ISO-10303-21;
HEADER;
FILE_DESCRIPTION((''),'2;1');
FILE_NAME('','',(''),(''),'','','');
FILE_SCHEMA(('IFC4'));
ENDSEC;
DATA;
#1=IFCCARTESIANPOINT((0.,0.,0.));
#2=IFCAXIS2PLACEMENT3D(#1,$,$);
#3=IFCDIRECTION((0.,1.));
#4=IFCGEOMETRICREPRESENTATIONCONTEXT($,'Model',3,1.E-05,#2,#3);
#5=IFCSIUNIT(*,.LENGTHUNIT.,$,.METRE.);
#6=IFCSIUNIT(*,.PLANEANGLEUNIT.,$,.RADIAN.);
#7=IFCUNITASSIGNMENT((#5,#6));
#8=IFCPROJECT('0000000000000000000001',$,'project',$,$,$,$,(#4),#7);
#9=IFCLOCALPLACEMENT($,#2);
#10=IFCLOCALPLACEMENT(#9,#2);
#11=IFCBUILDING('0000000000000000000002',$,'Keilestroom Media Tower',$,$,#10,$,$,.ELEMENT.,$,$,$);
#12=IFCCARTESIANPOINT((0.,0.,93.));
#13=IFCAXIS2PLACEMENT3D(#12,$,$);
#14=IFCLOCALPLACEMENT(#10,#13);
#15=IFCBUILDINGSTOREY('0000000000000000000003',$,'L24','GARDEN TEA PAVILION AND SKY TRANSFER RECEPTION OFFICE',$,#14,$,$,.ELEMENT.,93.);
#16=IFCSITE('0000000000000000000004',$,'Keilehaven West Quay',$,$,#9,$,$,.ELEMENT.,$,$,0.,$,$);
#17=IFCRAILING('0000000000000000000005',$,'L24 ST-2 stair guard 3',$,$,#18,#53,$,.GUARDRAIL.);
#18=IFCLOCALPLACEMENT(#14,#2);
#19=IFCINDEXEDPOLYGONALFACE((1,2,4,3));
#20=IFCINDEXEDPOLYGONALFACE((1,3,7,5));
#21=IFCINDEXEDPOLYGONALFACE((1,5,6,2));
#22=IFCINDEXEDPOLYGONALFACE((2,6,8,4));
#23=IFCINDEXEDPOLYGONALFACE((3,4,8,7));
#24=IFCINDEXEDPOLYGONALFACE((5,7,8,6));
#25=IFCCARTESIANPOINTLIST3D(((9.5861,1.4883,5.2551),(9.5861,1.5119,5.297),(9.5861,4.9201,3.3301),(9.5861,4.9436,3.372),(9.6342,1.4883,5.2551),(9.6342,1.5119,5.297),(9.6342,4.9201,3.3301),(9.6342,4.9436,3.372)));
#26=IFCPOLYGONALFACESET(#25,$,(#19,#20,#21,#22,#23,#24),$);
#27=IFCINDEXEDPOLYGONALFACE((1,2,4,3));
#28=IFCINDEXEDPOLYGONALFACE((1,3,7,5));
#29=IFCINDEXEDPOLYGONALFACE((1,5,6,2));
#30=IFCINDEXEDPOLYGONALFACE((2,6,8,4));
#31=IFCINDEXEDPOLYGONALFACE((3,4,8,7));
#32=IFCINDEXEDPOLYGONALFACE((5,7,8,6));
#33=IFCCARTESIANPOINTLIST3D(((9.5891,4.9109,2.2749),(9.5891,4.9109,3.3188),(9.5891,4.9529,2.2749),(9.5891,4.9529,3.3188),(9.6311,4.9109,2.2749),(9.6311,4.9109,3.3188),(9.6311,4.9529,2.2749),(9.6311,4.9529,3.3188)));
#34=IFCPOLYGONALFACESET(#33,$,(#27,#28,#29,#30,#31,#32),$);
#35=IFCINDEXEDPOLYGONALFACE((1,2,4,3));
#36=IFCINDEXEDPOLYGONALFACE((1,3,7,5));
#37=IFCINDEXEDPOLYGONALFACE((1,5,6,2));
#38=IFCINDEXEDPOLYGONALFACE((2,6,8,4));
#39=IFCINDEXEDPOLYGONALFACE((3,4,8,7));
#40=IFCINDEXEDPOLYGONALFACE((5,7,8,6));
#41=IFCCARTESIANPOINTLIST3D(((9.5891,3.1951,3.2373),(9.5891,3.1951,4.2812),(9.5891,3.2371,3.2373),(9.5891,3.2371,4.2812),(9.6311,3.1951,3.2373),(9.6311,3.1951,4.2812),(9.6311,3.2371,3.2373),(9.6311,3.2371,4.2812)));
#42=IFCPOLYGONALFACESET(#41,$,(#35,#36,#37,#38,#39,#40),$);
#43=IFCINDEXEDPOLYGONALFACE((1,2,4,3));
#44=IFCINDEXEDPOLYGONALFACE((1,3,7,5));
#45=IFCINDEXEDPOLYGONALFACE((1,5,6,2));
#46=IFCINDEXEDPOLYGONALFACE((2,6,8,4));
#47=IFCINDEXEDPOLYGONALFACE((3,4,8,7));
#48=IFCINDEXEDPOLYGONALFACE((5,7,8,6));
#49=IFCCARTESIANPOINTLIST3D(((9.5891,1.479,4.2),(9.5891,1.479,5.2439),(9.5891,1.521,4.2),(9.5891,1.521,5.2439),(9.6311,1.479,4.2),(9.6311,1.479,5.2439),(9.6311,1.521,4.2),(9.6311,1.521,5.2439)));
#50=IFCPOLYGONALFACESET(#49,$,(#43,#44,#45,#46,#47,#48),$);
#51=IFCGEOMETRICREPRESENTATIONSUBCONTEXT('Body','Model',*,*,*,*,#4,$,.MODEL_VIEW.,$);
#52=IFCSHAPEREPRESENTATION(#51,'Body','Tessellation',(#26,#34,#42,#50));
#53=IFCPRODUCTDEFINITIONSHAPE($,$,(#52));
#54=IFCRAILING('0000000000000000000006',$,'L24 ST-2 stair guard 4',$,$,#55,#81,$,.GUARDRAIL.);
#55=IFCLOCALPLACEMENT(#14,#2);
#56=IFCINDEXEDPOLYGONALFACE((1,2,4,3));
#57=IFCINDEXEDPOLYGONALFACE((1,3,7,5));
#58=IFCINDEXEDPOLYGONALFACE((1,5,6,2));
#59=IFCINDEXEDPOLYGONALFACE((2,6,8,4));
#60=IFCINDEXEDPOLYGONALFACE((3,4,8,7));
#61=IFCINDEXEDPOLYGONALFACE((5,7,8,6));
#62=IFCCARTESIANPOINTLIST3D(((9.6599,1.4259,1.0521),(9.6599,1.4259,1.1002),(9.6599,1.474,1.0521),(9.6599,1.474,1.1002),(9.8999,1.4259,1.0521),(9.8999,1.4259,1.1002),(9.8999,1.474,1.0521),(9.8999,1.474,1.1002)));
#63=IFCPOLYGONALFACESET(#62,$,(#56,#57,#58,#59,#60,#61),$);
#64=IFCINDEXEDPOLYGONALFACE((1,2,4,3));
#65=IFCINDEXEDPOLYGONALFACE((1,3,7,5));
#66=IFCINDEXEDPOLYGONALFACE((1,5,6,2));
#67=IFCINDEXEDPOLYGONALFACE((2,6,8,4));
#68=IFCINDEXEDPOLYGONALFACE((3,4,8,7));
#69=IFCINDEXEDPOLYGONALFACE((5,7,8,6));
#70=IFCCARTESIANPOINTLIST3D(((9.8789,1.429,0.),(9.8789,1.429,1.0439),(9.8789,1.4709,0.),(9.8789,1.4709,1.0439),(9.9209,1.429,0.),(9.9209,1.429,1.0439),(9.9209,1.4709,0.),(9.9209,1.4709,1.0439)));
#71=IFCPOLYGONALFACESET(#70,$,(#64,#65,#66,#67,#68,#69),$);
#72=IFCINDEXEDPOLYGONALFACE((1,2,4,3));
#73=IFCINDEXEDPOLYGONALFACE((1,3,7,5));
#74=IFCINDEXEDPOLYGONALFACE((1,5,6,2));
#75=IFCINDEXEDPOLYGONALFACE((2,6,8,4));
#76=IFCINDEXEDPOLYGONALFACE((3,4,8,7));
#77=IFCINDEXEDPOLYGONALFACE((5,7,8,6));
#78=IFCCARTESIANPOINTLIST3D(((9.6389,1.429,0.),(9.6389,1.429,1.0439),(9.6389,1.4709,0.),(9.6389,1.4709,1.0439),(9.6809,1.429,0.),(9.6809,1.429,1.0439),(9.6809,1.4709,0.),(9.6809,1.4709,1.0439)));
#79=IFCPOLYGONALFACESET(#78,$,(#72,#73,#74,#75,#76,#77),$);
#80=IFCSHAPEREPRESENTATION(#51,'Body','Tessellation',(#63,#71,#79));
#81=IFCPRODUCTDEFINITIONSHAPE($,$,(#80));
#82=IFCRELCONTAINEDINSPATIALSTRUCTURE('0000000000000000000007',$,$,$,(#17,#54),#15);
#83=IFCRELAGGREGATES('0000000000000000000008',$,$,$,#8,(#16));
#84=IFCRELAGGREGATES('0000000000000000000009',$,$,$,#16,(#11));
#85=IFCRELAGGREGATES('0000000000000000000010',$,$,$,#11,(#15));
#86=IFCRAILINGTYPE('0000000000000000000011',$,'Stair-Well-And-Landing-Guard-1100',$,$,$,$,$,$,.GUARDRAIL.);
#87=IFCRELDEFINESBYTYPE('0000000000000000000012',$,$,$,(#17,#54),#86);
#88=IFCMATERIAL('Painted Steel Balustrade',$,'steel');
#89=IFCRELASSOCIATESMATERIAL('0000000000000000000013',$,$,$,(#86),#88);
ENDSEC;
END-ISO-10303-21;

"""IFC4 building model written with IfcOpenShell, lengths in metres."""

from ifc_helpers import new_model, si_unit, direction, frame, origin, origin_2d, place, context, subcontext, project, spatial, rectangle, extrude, material, type_object, element, save


model = new_model("IFC4")

# Units and contexts
model_context = context("Model", 3, precision=1e-05, world=origin(), true_north=direction((0.0, 1.0)))
body_context = subcontext(model_context, "Body", "Model", "MODEL_VIEW")
ifc_project = project(units=[si_unit("LENGTHUNIT", "METRE"), si_unit("PLANEANGLEUNIT", "RADIAN")], contexts=[model_context])

# Site, building, storey
site_placement = place(None, origin())
site = spatial("IfcSite", under=ifc_project, at=site_placement, Name="Keilehaven West Quay", CompositionType="ELEMENT", RefElevation=0.0)
building_placement = place(site_placement, origin())
building = spatial("IfcBuilding", under=site, at=building_placement, Name="Keilestroom Media Tower", CompositionType="ELEMENT")
storey_placement = place(building_placement, frame((0.0, 0.0, 93.0)))
storey = spatial("IfcBuildingStorey", under=building, at=storey_placement, Name="L24", Description="GARDEN TEA PAVILION AND SKY TRANSFER RECEPTION OFFICE", CompositionType="ELEMENT", Elevation=93.0)

# Railings
ifc_material_1 = material(Name="Painted Steel Balustrade", Category="steel")
railing_type_1 = type_object("IfcRailingType", Name="Stair-Well-And-Landing-Guard-1100", PredefinedType="GUARDRAIL", material=ifc_material_1)
railing_1_placement = place(storey_placement, frame((9.6101, 4.9319, 2.2749)))
element("IfcRailing", 1, at=railing_1_placement, inside=storey, type_object=railing_type_1, Name="L24 ST-2 stair guard 3", PredefinedType="GUARDRAIL", context=body_context, shape_type="SweptSolid", body=[
    extrude(rectangle(XDim=0.0481, YDim=0.0481, at=origin_2d()), frame((0.0, 0.0, 1.0762), z_axis=(0.0, -0.87216, 0.489221), x_axis=(1.0, 0.0, 0.0)), (0.0, 0.0, 1.0), 3.9348),
    extrude(rectangle(XDim=0.042, YDim=0.042, at=origin_2d()), origin(), (0.0, 0.0, 1.0), 1.0439),
    extrude(rectangle(XDim=0.042, YDim=0.042, at=origin_2d()), frame((0.0, -1.7158, 0.9624)), (0.0, 0.0, 1.0), 1.0439),
    extrude(rectangle(XDim=0.042, YDim=0.042, at=origin_2d()), frame((0.0, -3.4319, 1.925)), (0.0, 0.0, 1.0), 1.0439),
])
railing_2_placement = place(storey_placement, frame((9.8999, 1.45, 0.0)))
element("IfcRailing", 2, at=railing_2_placement, inside=storey, type_object=railing_type_1, Name="L24 ST-2 stair guard 4", PredefinedType="GUARDRAIL", context=body_context, shape_type="SweptSolid", body=[
    extrude(rectangle(XDim=0.0481, YDim=0.0481, at=origin_2d()), frame((0.0, 0.0, 1.0762), z_axis=(-1.0, 0.0, 0.0), x_axis=(0.0, -1.0, 0.0)), (0.0, 0.0, 1.0), 0.24),
    extrude(rectangle(XDim=0.042, YDim=0.042, at=origin_2d()), origin(), (0.0, 0.0, 1.0), 1.0439),
    extrude(rectangle(XDim=0.042, YDim=0.042, at=origin_2d()), frame((-0.24, 0.0, 0.0)), (0.0, 0.0, 1.0), 1.0439),
])

save(model, "model.ifc")
